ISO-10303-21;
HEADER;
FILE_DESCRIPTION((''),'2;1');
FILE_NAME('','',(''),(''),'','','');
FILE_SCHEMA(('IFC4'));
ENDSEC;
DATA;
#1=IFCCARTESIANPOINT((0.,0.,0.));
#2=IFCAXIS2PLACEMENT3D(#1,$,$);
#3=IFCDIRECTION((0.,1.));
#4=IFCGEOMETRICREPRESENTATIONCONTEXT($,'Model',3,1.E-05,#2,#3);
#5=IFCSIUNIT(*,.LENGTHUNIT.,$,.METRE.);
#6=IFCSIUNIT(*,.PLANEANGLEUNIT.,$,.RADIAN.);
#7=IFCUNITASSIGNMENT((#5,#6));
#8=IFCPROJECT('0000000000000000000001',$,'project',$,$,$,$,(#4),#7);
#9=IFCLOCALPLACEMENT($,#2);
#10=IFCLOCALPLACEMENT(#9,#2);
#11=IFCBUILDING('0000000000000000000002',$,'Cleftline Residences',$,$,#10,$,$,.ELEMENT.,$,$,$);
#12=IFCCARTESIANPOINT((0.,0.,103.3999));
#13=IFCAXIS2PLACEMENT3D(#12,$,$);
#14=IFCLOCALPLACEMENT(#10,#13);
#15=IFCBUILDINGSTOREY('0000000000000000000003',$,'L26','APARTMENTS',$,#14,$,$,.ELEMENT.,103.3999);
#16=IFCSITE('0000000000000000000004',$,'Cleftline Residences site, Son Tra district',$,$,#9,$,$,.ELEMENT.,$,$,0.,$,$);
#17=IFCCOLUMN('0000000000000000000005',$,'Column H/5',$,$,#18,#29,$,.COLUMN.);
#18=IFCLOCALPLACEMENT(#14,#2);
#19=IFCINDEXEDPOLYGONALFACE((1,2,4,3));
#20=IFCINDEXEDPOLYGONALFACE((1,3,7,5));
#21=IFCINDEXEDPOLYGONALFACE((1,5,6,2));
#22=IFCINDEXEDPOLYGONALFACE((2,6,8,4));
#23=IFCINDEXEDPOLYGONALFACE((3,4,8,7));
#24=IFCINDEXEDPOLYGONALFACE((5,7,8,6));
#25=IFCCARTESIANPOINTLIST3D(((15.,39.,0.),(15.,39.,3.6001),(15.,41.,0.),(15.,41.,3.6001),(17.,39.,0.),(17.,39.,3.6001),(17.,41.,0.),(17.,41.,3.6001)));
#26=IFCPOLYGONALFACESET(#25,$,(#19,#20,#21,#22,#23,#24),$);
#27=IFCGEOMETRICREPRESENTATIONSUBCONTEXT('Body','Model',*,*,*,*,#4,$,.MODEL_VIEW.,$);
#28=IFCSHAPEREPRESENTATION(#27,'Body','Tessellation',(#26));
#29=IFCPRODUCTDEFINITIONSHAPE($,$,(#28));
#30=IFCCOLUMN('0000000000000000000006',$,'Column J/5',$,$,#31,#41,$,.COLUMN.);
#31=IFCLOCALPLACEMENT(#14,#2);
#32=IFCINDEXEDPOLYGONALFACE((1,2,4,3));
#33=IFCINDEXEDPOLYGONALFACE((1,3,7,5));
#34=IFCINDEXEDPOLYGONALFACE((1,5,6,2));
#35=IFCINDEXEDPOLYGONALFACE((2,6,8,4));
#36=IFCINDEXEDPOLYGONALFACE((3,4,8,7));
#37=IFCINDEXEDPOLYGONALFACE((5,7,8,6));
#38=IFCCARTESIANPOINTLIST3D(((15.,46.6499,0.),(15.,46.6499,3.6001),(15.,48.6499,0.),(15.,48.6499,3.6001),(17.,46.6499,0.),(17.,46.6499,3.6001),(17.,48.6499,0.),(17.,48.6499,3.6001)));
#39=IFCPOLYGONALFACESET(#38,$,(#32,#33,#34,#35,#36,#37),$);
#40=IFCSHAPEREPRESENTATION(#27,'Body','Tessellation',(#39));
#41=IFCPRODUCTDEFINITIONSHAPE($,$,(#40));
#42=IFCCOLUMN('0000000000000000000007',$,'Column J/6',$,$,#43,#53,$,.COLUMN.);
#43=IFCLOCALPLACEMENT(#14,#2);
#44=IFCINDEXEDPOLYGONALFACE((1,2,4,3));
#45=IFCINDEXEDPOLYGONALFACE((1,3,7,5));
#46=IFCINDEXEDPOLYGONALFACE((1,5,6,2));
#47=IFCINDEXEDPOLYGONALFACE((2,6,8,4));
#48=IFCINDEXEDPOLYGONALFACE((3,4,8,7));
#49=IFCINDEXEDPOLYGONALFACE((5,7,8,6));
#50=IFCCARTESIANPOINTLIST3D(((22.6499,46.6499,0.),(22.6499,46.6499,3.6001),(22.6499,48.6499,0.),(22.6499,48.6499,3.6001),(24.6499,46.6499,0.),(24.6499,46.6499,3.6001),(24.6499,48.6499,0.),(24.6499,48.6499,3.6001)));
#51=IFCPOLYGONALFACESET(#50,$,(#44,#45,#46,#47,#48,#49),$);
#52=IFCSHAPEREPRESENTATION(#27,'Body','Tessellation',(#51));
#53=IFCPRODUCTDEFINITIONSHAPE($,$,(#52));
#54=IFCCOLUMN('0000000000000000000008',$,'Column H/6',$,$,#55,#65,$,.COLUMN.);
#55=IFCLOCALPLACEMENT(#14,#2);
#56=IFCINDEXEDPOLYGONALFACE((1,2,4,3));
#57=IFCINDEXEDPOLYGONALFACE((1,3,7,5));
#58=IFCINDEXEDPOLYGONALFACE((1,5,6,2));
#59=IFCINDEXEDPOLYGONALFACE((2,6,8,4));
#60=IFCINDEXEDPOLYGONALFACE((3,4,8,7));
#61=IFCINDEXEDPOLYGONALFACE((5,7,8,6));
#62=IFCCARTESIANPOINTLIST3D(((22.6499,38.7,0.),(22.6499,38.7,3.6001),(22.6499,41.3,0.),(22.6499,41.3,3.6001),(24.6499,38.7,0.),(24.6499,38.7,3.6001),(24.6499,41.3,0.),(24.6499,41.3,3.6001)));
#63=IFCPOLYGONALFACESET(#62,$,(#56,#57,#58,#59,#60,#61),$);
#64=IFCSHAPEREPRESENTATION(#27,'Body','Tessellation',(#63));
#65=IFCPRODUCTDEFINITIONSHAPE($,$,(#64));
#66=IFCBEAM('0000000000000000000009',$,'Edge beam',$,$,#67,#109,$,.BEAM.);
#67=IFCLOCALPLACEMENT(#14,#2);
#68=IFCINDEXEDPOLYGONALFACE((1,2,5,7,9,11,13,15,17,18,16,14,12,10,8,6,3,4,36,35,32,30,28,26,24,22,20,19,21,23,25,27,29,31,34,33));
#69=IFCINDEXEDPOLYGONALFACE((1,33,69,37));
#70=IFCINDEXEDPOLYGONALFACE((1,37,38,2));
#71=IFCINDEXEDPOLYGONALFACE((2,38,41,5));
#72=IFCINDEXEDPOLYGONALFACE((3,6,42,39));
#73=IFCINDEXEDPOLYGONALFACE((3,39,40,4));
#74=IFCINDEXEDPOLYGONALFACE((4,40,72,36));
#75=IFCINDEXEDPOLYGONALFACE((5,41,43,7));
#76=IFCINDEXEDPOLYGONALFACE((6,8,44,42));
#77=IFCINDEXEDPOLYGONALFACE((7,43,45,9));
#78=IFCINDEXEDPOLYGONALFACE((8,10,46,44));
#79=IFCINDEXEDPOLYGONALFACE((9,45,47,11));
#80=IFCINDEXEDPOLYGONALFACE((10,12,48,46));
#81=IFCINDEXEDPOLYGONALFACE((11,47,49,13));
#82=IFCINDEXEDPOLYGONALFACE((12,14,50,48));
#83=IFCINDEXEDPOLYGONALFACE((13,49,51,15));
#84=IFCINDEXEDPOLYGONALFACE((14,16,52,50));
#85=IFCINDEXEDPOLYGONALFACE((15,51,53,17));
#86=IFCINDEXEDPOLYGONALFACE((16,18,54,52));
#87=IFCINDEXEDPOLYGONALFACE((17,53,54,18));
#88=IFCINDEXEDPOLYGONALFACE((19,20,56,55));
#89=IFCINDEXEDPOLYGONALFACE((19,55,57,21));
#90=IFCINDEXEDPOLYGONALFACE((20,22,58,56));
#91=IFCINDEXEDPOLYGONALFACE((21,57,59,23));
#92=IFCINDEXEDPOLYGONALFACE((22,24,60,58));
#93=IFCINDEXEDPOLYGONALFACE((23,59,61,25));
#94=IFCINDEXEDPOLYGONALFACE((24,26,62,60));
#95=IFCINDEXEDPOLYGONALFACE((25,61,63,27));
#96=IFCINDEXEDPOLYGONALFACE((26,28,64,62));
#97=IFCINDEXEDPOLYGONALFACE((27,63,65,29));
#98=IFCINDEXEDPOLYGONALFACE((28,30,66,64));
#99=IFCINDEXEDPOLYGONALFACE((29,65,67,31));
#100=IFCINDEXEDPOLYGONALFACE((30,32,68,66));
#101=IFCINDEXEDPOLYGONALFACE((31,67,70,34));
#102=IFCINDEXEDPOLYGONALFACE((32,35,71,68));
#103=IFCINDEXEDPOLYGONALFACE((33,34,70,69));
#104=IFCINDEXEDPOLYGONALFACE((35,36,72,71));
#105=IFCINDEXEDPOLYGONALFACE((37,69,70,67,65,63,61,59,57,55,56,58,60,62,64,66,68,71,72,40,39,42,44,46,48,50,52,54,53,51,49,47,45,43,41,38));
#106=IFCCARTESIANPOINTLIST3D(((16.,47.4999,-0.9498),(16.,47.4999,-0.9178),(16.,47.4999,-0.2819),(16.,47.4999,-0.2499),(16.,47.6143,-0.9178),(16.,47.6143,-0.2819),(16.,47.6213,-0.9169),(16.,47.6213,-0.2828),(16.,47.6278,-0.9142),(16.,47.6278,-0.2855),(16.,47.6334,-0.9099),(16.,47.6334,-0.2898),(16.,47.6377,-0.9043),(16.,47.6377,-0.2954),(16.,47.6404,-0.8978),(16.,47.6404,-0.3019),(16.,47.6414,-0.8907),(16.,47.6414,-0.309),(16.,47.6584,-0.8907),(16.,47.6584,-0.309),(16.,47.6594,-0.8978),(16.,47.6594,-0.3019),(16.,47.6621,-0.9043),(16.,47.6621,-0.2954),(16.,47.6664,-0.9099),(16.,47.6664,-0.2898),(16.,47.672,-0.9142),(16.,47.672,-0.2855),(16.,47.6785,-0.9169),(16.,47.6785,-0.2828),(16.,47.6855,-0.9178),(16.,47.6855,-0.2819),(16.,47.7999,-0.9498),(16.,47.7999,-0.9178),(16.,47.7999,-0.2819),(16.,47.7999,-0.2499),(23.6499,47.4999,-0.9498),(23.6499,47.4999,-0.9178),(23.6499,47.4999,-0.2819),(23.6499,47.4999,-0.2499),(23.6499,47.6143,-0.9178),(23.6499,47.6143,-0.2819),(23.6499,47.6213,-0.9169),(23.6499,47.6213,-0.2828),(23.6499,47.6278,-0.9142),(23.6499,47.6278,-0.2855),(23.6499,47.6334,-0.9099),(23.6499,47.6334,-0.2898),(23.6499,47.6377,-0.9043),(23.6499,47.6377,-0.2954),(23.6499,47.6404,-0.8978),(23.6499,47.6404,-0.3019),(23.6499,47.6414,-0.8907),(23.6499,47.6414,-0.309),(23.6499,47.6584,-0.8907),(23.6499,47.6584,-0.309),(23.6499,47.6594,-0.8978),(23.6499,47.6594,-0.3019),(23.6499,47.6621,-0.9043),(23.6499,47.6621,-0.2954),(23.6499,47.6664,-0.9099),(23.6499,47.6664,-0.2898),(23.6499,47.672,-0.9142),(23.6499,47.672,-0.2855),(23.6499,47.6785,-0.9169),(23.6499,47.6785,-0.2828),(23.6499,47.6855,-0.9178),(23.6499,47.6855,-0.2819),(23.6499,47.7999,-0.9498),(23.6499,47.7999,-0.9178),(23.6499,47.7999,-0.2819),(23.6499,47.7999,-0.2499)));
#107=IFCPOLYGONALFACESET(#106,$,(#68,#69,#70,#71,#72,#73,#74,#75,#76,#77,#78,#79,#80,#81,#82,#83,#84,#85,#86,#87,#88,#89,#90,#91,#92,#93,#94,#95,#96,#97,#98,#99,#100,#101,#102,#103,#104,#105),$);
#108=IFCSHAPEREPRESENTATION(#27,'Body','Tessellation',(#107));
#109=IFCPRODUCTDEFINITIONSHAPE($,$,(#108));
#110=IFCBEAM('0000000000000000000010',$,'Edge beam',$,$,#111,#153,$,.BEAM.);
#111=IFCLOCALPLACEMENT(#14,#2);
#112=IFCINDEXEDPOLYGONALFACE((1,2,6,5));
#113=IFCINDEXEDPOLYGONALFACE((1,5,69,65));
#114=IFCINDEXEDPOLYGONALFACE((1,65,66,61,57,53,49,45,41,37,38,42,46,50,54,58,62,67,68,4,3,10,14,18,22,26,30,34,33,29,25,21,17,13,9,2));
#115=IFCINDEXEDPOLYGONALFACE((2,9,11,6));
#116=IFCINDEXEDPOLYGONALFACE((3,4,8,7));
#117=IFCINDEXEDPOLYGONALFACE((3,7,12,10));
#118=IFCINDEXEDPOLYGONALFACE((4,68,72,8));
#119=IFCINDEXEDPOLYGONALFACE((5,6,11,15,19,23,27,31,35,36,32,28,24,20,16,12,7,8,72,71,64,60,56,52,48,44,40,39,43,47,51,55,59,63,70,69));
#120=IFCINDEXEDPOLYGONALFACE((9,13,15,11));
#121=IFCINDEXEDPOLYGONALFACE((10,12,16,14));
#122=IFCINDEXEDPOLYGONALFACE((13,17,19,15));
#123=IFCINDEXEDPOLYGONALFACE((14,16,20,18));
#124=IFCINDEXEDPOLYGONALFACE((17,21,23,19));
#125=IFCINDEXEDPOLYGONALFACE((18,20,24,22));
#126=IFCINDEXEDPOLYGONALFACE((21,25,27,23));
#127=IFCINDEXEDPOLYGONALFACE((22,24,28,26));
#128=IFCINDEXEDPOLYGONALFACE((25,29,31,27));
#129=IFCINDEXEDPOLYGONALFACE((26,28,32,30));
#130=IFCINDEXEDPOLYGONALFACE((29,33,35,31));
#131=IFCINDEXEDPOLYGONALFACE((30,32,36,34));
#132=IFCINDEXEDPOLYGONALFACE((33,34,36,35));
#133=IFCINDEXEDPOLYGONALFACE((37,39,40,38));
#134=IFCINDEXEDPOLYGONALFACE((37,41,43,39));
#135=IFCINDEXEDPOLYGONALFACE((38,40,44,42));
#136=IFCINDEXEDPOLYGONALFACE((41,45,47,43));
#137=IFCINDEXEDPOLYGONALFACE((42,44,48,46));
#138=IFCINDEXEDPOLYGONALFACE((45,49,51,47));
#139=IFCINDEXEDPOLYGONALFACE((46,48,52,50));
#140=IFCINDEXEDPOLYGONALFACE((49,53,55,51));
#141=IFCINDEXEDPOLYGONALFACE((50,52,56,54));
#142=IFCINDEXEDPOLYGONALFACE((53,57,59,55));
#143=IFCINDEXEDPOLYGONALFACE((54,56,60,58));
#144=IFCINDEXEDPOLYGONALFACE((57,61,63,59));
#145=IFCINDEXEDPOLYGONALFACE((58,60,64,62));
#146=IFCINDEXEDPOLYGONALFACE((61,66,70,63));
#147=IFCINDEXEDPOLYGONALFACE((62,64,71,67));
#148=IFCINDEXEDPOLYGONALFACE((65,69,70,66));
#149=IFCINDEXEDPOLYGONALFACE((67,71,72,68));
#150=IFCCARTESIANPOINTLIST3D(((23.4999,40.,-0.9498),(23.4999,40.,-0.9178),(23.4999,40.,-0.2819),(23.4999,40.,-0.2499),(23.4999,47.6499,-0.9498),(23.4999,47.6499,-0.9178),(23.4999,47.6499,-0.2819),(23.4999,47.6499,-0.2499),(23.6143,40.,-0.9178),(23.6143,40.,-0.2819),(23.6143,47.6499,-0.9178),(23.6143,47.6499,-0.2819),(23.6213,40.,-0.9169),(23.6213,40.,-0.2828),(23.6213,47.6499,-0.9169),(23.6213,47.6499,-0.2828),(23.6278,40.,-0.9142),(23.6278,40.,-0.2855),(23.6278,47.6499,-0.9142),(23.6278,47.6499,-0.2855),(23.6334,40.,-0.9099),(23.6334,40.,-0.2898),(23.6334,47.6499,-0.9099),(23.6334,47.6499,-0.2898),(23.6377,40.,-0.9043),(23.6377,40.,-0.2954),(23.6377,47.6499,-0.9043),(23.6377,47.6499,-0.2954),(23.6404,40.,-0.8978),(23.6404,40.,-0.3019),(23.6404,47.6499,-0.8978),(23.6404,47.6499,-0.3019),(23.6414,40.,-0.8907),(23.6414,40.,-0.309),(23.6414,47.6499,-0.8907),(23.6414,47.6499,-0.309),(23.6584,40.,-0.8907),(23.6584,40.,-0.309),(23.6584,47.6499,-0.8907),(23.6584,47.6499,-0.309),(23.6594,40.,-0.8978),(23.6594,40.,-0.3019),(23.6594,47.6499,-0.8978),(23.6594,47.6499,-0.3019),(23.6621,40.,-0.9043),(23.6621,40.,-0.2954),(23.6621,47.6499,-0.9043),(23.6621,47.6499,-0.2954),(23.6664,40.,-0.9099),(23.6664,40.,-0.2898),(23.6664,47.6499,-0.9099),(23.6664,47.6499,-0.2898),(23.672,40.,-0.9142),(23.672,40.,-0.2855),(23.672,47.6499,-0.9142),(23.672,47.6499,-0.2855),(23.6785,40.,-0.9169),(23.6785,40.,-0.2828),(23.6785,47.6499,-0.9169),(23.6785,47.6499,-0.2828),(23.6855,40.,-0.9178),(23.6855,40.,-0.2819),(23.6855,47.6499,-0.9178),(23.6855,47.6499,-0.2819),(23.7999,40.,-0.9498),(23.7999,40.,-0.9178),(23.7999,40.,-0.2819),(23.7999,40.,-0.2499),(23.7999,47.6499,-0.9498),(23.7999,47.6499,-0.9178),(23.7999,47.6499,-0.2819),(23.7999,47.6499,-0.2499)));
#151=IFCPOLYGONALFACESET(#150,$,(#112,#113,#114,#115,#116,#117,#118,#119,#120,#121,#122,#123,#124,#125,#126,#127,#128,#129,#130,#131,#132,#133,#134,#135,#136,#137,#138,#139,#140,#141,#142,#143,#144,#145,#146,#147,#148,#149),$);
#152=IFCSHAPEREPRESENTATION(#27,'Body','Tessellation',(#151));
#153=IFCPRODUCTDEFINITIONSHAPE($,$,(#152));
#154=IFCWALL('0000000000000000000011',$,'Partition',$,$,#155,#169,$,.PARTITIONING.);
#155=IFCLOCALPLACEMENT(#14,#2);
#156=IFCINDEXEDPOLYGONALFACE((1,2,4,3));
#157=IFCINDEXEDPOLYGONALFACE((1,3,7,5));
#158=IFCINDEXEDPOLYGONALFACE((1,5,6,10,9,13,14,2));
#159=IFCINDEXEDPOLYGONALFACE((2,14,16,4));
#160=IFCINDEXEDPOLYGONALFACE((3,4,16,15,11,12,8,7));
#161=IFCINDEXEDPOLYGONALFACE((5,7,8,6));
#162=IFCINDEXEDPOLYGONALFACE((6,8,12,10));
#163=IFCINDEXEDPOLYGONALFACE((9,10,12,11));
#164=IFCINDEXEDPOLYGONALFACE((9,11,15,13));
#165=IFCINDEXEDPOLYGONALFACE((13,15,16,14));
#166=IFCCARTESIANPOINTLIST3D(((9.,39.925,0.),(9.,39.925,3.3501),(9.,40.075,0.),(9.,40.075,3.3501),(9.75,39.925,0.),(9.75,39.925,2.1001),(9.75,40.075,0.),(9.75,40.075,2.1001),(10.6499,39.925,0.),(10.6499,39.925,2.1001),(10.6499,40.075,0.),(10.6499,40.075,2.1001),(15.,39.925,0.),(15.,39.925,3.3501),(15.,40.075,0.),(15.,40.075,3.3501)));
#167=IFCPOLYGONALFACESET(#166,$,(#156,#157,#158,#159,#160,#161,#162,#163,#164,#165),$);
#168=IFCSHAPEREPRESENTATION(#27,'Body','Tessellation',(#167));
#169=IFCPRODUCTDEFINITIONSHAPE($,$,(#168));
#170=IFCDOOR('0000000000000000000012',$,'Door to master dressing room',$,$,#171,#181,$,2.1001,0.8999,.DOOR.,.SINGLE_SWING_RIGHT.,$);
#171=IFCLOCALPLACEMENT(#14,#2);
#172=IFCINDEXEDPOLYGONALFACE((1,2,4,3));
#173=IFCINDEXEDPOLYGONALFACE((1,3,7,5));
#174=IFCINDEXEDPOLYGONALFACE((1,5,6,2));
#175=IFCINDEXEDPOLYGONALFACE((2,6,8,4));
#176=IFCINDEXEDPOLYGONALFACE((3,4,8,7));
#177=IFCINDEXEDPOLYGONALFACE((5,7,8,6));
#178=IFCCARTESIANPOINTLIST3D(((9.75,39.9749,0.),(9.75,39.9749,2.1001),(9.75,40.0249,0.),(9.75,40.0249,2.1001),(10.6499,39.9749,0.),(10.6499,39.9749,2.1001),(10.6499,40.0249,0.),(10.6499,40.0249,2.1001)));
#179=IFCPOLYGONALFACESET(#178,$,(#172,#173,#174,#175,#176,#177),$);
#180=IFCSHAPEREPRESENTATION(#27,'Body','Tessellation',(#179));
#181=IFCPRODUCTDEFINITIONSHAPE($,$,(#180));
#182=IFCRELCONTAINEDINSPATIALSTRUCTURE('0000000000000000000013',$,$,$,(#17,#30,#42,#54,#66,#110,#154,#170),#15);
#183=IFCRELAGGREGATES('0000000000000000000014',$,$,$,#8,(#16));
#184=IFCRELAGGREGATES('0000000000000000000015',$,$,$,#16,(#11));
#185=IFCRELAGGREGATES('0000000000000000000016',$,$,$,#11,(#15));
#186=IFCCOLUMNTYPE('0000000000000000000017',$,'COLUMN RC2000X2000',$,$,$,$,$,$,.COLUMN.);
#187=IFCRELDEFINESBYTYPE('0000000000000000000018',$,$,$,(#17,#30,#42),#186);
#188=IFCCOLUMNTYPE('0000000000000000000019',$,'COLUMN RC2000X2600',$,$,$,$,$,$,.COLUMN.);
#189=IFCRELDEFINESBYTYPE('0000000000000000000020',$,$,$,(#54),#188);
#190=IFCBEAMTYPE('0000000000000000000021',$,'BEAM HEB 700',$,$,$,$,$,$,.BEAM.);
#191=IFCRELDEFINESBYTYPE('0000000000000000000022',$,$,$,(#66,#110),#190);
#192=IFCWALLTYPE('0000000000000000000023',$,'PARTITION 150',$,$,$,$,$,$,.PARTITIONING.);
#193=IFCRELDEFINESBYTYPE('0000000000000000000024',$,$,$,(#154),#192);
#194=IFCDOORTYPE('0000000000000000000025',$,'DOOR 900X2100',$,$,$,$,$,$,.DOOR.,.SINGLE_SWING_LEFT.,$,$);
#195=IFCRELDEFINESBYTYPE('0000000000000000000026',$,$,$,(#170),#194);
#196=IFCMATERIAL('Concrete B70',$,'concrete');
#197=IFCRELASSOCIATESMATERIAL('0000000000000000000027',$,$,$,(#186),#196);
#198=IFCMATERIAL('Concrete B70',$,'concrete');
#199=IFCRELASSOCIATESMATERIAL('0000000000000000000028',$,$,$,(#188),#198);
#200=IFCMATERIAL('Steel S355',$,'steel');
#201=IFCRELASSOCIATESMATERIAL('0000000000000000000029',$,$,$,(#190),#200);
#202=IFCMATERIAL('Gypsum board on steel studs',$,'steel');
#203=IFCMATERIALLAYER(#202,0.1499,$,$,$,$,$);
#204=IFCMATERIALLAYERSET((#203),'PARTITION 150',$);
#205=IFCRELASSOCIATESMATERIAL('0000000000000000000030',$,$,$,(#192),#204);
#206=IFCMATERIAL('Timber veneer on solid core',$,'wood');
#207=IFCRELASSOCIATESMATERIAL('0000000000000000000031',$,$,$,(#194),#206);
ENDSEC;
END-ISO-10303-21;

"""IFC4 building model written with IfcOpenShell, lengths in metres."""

from ifc_helpers import new_model, si_unit, direction, frame, frame_2d, origin, origin_2d, place, context, subcontext, project, spatial, rectangle, i_section, extrude, material, layer, layer_set, material_profile, profile_set, type_object, element, fill, save


model = new_model("IFC4")

# Units and contexts
model_context = context("Model", 3, precision=1e-05, world=origin(), true_north=direction((0.0, 1.0)))
body_context = subcontext(model_context, "Body", "Model", "MODEL_VIEW")
ifc_project = project(units=[si_unit("LENGTHUNIT", "METRE"), si_unit("PLANEANGLEUNIT", "RADIAN")], contexts=[model_context])

# Site, building, storey
site_placement = place(None, origin())
site = spatial("IfcSite", under=ifc_project, at=site_placement, Name="Cleftline Residences site, Son Tra district", CompositionType="ELEMENT", RefElevation=0.0)
building_placement = place(site_placement, origin())
building = spatial("IfcBuilding", under=site, at=building_placement, Name="Cleftline Residences", CompositionType="ELEMENT")
storey_placement = place(building_placement, frame((0.0, 0.0, 103.3999)))
storey = spatial("IfcBuildingStorey", under=building, at=storey_placement, Name="L26", Description="APARTMENTS", CompositionType="ELEMENT", Elevation=103.3999)

# Columns
ifc_material_1 = material(Name="Concrete B70", Category="concrete")
ifc_material_profile_1 = material_profile(ifc_material_1, rectangle(XDim=2.0, YDim=2.0, at=origin_2d()))
ifc_profile_set_1 = profile_set([ifc_material_profile_1], Name="Concrete B70")
column_type_1 = type_object("IfcColumnType", Name="COLUMN RC2000X2000", PredefinedType="COLUMN", material=ifc_profile_set_1)
for number, where, z_axis, x_axis, name in (
    (1, (16.0, 40.0, 0.0), (0.0, 0.0, 1.0), (1.0, 0.0, 0.0), "Column H/5"),
    (2, (16.0, 47.6499, 0.0), (0.0, 0.0, 1.0), (1.0, 0.0, 0.0), "Column J/5"),
    (3, (23.6499, 47.6499, 0.0), (0.0, 0.0, 1.0), (1.0, 0.0, 0.0), "Column J/6"),
):
    element("IfcColumn", number, at=place(storey_placement, frame(where, z_axis=z_axis, x_axis=x_axis)), inside=storey, type_object=column_type_1, Name=name, PredefinedType="COLUMN", context=body_context, shape_type="SweptSolid", body=[
        extrude(rectangle(XDim=2.0, YDim=2.0, at=origin_2d()), origin(), (0.0, 0.0, 1.0), 3.6001),
    ])
ifc_material_2 = material(Name="Concrete B70", Category="concrete")
ifc_material_profile_2 = material_profile(ifc_material_2, rectangle(XDim=2.0, YDim=2.6001, at=origin_2d()))
ifc_profile_set_2 = profile_set([ifc_material_profile_2], Name="Concrete B70")
column_type_2 = type_object("IfcColumnType", Name="COLUMN RC2000X2600", PredefinedType="COLUMN", material=ifc_profile_set_2)
column_placement = place(storey_placement, frame((23.6499, 40.0, 0.0), z_axis=(0.0, 0.0, 1.0), x_axis=(1.0, 0.0, 0.0)))
element("IfcColumn", 4, at=column_placement, inside=storey, type_object=column_type_2, Name="Column H/6", PredefinedType="COLUMN", context=body_context, shape_type="SweptSolid", body=[
    extrude(rectangle(XDim=2.0, YDim=2.6001, at=origin_2d()), origin(), (0.0, 0.0, 1.0), 3.6001),
])

# Beams
ifc_material_3 = material(Name="Steel S355", Category="steel")
ifc_material_profile_3 = material_profile(ifc_material_3, i_section(OverallWidth=0.3, OverallDepth=0.7, WebThickness=0.0171, FlangeThickness=0.032, FilletRadius=0.0271, at=origin_2d()))
ifc_profile_set_3 = profile_set([ifc_material_profile_3], Name="Steel S355")
beam_type = type_object("IfcBeamType", Name="BEAM HEB 700", PredefinedType="BEAM", material=ifc_profile_set_3)
for number, where, z_axis, x_axis, name in (
    (5, (16.0, 47.6499, -0.5999), (1.0, 0.0, 0.0), (0.0, 1.0, 0.0), "Edge beam"),
    (6, (23.6499, 47.6499, -0.5999), (0.0, -1.0, 0.0), (1.0, 0.0, 0.0), "Edge beam"),
):
    element("IfcBeam", number, at=place(storey_placement, frame(where, z_axis=z_axis, x_axis=x_axis)), inside=storey, type_object=beam_type, Name=name, PredefinedType="BEAM", context=body_context, shape_type="SweptSolid", body=[
        extrude(i_section(OverallWidth=0.3, OverallDepth=0.7, WebThickness=0.0171, FlangeThickness=0.032, FilletRadius=0.0271, at=origin_2d()), origin(), (0.0, 0.0, 1.0), 7.6499),
    ])

# Wall, opening, door
ifc_material_4 = material(Name="Gypsum board on steel studs", Category="steel")
ifc_layer = layer(ifc_material_4, 0.1499)
ifc_layer_set = layer_set([ifc_layer], Name="PARTITION 150")
wall_type = type_object("IfcWallType", Name="PARTITION 150", PredefinedType="PARTITIONING", material=ifc_layer_set)
wall_1_placement = place(storey_placement, frame((9.0, 40.0, 0.0), z_axis=(0.0, 0.0, 1.0), x_axis=(1.0, 0.0, 0.0)))
wall_1 = element("IfcWall", 7, at=wall_1_placement, inside=storey, type_object=wall_type, Name="Partition", PredefinedType="PARTITIONING", context=body_context, shape_type="SweptSolid", body=[
    extrude(rectangle(XDim=6.0, YDim=0.1499, at=frame_2d((3.0, 0.0))), origin(), (0.0, 0.0, 1.0), 3.3501),
])
opening_1_placement = place(wall_1_placement, frame((0.75, 0.0, 0.0)))
opening_1 = element("IfcOpeningElement", 8, at=opening_1_placement, cuts=wall_1, PredefinedType="OPENING", context=body_context, shape_type="SweptSolid", body=[
    extrude(rectangle(XDim=0.8999, YDim=2.1001, at=frame_2d((0.45, 1.05))), frame((0.0, 0.085, 0.0), z_axis=(0.0, -1.0, 0.0), x_axis=(1.0, 0.0, 0.0)), (0.0, 0.0, 1.0), 0.1699),
])
ifc_material_5 = material(Name="Timber veneer on solid core", Category="wood")
door_type_1 = type_object("IfcDoorType", Name="DOOR 900X2100", OperationType="SINGLE_SWING_LEFT", PredefinedType="DOOR", material=ifc_material_5)
door_1_placement = place(opening_1_placement, origin())
door_1 = element("IfcDoor", 9, at=door_1_placement, inside=storey, type_object=door_type_1, Name="Door to master dressing room", OperationType="SINGLE_SWING_RIGHT", OverallHeight=2.1001, OverallWidth=0.8999, PredefinedType="DOOR", context=body_context, shape_type="SweptSolid", body=[
    extrude(rectangle(XDim=0.8999, YDim=2.1001, at=frame_2d((0.45, 1.05))), frame((0.0, 0.0249, 0.0), z_axis=(0.0, -1.0, 0.0), x_axis=(1.0, 0.0, 0.0)), (0.0, 0.0, 1.0), 0.05),
])
fill(opening_1, door_1)

save(model, "model.ifc")
